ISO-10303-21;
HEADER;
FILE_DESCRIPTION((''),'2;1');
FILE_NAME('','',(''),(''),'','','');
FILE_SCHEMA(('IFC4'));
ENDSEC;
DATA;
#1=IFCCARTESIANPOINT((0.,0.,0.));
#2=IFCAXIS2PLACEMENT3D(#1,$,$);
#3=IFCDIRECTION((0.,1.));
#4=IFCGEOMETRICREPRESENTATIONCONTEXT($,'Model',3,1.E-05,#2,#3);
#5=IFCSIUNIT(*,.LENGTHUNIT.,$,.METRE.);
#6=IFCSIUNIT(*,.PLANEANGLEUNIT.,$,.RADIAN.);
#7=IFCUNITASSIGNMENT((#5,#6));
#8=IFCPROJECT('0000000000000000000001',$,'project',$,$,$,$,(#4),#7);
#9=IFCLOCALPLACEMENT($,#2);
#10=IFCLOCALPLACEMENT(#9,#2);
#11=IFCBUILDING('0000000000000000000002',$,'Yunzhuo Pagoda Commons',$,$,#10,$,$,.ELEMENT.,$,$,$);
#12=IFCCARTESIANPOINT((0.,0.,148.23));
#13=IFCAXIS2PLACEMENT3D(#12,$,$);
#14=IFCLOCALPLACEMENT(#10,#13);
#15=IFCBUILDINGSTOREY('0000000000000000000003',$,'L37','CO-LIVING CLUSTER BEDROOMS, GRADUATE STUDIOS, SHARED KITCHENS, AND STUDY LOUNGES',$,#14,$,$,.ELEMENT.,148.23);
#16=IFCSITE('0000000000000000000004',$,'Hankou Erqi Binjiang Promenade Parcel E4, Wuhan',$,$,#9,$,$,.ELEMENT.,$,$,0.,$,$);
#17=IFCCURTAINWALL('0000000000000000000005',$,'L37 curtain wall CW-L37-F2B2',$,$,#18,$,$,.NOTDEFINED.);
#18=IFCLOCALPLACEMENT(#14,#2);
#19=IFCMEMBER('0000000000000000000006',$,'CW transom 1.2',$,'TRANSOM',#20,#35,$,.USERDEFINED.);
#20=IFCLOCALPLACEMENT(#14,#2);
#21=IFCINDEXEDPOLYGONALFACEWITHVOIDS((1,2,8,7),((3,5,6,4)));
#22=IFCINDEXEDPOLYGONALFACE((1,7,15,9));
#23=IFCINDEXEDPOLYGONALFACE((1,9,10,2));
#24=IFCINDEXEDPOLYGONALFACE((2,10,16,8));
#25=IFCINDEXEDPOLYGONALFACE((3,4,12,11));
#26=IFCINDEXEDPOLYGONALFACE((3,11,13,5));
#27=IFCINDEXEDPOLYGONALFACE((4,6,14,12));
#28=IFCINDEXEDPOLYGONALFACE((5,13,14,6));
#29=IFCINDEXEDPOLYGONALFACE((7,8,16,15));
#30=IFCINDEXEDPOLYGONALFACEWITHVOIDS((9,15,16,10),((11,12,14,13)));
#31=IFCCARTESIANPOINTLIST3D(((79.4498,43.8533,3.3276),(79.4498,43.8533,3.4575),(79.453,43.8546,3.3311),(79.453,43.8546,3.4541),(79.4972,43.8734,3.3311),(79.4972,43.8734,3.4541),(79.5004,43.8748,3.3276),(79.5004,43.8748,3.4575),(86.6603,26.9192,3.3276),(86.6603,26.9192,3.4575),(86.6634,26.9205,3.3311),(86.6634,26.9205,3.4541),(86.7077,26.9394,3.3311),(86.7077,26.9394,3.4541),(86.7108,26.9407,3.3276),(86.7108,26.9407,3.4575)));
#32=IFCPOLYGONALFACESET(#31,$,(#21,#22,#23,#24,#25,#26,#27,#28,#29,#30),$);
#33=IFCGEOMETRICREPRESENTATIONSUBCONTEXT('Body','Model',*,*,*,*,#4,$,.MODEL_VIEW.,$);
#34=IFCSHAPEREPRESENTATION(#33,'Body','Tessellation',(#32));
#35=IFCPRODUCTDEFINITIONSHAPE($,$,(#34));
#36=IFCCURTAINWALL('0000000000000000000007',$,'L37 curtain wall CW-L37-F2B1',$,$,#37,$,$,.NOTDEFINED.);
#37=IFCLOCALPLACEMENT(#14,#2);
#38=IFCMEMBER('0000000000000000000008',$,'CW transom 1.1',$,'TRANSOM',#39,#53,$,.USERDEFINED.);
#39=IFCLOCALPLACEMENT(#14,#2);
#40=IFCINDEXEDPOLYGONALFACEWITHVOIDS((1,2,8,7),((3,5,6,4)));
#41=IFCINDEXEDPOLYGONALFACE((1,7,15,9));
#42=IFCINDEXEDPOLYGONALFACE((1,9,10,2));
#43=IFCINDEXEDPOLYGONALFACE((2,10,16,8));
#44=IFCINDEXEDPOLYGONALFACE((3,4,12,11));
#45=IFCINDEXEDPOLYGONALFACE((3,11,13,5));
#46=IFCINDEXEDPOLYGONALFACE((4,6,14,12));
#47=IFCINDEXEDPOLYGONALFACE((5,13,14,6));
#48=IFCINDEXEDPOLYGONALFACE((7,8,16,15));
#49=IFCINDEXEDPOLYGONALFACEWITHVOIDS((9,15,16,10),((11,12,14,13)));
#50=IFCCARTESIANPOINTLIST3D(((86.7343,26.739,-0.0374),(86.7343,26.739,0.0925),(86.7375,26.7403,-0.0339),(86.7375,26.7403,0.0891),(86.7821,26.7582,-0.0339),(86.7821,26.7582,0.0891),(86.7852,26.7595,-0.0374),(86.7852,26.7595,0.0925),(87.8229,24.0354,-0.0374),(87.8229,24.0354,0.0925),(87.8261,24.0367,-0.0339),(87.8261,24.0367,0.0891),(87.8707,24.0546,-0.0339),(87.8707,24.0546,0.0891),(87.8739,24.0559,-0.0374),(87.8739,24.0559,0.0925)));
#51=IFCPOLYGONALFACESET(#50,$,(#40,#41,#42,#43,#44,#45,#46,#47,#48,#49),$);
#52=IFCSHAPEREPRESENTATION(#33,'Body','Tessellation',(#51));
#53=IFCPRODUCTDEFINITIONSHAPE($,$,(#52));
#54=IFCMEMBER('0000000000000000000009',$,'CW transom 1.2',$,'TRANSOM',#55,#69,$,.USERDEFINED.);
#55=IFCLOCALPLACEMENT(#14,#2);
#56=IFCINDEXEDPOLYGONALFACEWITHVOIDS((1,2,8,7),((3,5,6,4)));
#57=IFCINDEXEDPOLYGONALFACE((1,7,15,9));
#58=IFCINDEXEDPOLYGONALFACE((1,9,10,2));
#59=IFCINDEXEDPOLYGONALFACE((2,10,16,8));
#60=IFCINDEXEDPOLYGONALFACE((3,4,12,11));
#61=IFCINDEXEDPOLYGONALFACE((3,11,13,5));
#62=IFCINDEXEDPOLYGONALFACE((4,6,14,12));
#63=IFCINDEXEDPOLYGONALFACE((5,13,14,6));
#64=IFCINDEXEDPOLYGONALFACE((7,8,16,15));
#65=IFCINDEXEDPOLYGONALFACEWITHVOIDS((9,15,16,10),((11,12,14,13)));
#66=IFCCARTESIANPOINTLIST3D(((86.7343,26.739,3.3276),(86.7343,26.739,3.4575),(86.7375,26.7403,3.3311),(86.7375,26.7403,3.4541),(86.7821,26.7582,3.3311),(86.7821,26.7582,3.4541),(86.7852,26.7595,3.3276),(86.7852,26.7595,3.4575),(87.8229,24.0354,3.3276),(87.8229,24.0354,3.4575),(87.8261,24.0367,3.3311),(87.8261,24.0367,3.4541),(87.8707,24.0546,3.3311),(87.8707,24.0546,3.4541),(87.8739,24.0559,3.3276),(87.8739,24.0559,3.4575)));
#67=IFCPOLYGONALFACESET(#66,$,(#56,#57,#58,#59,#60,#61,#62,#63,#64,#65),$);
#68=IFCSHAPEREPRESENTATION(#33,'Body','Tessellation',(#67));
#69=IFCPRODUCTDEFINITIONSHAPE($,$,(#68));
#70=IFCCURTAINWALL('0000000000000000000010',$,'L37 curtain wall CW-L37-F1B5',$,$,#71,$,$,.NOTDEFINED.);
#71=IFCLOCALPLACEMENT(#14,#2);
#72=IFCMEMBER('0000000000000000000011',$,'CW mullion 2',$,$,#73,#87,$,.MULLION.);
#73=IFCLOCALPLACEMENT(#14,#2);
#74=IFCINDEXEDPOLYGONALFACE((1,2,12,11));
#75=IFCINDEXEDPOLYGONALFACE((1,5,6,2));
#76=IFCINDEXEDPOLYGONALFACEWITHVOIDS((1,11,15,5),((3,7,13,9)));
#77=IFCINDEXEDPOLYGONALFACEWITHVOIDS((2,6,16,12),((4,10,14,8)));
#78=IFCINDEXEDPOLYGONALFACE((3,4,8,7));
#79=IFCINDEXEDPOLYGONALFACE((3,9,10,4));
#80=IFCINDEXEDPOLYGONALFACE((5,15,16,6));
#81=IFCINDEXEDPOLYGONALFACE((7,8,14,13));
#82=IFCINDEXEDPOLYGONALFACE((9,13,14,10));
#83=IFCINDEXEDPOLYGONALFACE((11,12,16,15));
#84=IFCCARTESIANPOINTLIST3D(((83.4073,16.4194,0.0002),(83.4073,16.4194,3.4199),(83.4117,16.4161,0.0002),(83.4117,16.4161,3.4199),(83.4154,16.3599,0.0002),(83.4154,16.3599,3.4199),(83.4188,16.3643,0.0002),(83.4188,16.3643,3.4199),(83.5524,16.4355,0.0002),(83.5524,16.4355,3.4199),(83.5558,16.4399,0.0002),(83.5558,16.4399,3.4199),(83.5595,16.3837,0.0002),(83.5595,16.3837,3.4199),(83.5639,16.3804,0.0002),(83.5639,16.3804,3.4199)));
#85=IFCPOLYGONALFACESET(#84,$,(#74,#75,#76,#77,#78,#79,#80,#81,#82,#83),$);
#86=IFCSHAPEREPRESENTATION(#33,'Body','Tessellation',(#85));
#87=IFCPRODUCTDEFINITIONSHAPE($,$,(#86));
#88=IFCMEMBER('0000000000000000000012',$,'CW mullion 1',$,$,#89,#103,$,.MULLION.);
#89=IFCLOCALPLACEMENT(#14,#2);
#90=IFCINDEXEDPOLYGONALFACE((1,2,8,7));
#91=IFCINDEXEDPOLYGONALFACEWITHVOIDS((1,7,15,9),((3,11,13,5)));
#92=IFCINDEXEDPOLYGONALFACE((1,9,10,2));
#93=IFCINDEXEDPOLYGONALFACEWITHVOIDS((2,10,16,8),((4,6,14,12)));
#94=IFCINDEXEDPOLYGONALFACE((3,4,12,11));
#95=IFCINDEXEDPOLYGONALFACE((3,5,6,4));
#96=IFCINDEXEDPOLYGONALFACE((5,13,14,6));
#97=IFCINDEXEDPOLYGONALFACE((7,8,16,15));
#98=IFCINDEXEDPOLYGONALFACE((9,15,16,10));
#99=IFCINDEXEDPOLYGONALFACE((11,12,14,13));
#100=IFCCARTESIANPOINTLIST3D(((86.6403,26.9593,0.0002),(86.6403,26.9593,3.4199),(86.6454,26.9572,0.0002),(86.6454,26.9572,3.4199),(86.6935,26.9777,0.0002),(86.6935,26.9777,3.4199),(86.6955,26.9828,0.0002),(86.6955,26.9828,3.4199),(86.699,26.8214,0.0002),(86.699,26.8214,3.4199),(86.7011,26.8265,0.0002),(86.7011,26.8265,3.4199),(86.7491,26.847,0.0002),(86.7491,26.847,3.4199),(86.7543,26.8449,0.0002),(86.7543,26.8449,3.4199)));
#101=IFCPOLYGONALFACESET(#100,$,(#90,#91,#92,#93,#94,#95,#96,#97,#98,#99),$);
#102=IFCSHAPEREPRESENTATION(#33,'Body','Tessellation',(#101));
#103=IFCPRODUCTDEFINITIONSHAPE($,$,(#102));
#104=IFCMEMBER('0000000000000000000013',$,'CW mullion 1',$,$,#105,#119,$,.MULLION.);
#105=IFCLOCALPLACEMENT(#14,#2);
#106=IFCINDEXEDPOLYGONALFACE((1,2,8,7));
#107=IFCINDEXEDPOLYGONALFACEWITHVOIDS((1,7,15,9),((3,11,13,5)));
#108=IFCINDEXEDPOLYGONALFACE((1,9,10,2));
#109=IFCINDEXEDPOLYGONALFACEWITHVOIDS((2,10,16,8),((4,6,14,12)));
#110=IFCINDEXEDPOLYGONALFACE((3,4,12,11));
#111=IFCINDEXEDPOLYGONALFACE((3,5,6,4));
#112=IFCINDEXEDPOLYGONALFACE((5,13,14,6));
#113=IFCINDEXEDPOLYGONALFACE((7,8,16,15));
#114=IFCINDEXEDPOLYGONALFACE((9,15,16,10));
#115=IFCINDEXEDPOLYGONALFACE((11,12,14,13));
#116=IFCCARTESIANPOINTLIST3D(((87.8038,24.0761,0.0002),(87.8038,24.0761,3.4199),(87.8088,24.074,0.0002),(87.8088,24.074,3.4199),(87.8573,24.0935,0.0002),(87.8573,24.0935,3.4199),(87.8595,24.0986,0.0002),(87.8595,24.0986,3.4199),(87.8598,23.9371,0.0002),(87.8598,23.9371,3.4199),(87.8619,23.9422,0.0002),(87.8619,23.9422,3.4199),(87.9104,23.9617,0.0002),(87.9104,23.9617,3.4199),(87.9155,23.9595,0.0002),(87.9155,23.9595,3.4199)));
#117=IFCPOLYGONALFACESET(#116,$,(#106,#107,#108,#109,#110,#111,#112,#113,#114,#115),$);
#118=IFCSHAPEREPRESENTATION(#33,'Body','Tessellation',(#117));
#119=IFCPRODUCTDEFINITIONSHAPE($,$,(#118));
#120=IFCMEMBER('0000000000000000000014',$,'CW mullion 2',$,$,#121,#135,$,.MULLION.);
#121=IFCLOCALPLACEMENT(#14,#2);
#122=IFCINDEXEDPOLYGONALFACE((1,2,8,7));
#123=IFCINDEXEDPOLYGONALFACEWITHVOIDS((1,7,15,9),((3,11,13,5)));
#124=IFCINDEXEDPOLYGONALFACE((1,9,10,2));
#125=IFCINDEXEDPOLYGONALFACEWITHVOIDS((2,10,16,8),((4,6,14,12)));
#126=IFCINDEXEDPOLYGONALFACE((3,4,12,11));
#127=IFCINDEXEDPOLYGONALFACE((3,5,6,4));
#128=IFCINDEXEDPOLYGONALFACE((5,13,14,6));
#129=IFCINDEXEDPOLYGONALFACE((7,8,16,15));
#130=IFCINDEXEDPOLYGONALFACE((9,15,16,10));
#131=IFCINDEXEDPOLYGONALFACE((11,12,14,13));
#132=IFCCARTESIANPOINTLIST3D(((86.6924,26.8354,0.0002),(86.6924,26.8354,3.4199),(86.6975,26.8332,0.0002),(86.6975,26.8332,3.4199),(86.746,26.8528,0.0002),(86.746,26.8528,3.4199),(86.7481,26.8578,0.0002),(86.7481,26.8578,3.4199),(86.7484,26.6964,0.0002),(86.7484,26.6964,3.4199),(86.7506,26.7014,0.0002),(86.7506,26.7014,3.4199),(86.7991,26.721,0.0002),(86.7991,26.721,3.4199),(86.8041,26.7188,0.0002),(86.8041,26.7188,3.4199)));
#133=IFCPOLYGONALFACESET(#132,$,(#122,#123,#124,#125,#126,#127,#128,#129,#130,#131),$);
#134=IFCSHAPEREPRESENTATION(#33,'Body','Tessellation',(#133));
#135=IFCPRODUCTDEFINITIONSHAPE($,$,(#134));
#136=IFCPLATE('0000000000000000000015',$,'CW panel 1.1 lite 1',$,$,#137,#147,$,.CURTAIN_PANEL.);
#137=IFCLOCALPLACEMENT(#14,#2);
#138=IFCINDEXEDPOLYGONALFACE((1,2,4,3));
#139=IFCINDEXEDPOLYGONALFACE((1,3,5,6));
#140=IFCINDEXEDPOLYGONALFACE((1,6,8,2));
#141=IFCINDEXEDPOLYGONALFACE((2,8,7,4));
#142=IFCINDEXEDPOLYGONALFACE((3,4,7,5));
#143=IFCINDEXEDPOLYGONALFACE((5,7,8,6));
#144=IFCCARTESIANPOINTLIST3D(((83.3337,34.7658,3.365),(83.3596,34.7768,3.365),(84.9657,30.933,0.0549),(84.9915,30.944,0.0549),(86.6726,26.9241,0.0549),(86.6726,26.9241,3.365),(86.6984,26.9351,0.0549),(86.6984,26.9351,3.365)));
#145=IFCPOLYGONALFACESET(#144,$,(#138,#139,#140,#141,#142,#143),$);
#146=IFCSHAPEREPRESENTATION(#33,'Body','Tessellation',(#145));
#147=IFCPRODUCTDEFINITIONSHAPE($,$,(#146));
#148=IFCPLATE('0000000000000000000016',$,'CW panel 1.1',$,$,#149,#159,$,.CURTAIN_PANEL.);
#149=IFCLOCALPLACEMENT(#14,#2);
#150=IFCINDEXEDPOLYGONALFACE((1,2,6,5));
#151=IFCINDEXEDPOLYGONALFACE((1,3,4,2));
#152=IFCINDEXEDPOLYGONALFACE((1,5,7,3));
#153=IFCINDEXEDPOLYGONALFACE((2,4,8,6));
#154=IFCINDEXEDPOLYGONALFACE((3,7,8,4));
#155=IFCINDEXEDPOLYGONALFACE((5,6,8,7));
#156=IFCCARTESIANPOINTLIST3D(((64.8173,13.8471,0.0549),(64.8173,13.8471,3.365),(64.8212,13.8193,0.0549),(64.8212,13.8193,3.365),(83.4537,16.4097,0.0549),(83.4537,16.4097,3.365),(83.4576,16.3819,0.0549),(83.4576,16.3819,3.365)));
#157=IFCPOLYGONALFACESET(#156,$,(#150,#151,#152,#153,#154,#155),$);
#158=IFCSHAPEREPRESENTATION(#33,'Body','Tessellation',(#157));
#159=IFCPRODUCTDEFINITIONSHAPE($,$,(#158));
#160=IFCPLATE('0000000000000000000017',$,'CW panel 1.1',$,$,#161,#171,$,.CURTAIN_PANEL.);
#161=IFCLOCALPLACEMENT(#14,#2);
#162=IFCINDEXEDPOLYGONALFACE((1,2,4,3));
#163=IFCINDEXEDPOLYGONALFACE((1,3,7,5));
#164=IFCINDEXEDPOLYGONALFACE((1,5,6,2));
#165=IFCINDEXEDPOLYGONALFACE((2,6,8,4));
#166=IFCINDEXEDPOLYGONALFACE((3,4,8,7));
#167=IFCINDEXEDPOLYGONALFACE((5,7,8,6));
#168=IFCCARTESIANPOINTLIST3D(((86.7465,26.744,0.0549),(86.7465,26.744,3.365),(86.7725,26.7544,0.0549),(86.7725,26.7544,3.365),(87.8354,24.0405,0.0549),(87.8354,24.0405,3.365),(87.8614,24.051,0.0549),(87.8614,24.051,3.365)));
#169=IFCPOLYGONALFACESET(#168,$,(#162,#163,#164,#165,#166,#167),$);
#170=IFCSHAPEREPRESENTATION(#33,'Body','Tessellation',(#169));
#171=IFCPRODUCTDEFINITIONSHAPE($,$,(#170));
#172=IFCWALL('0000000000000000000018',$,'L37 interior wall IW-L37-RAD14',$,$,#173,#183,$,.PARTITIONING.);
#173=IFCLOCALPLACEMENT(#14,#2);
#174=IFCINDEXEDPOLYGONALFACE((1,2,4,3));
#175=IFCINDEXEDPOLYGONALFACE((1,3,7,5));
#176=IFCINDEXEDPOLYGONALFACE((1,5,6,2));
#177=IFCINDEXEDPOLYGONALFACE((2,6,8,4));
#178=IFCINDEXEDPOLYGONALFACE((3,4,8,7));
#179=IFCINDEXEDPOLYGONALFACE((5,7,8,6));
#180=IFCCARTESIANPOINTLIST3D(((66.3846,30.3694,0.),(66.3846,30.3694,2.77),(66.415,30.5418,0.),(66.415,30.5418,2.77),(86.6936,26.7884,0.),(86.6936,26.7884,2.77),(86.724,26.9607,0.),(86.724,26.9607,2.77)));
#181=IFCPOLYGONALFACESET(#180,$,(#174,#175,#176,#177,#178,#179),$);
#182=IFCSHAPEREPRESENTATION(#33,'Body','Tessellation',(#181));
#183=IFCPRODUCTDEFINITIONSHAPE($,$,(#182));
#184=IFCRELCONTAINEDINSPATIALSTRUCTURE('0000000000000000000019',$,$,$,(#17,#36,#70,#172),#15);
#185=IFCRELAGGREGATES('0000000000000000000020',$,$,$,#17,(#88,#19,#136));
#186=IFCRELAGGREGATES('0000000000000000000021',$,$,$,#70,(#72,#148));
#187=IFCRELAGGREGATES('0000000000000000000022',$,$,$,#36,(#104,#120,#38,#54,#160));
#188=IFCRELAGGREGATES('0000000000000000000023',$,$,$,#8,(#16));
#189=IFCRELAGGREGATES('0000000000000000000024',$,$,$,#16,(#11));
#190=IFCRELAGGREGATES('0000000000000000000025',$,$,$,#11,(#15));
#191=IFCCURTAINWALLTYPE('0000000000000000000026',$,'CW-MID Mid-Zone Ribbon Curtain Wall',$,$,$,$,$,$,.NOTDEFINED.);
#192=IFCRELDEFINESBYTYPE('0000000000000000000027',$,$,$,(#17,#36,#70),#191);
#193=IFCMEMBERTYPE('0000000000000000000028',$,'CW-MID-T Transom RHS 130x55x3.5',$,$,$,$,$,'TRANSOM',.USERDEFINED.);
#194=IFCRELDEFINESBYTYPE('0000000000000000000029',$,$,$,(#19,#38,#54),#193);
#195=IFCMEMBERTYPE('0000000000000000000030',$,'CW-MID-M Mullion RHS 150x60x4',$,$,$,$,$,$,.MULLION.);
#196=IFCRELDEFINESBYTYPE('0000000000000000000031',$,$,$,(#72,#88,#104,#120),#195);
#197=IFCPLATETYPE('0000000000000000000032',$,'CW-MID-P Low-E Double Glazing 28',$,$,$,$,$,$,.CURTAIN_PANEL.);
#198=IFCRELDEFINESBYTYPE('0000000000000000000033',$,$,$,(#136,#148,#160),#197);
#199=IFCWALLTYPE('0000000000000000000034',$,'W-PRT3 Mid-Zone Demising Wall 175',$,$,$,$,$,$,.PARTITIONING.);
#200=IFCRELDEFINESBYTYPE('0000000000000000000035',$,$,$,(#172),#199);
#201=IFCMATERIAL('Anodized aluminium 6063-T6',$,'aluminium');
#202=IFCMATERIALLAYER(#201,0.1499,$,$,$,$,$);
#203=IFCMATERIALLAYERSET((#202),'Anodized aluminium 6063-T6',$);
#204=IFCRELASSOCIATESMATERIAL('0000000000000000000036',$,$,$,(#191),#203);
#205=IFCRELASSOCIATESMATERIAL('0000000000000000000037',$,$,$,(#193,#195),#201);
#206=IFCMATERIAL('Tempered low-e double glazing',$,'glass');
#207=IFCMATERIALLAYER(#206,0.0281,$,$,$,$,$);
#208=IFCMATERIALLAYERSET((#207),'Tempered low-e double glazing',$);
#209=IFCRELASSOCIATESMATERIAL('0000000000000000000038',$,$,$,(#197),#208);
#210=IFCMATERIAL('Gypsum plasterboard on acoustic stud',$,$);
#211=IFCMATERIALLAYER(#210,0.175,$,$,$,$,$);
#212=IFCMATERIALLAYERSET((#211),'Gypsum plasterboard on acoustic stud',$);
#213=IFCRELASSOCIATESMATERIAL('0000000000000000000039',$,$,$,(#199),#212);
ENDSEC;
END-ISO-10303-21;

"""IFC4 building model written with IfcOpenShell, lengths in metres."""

from ifc_helpers import new_model, si_unit, direction, frame, frame_2d, origin, origin_2d, place, context, subcontext, project, spatial, polyline, rectangle, hollow_rectangle, outline, extrude, source, transform, mapped, material, layer, layer_set, material_profile, profile_set, type_object, element, aggregate, save


model = new_model("IFC4")

# Units and contexts
model_context = context("Model", 3, precision=1e-05, world=origin(), true_north=direction((0.0, 1.0)))
body_context = subcontext(model_context, "Body", "Model", "MODEL_VIEW")
ifc_project = project(units=[si_unit("LENGTHUNIT", "METRE"), si_unit("PLANEANGLEUNIT", "RADIAN")], contexts=[model_context])

# Site, building, storey
site_placement = place(None, origin())
site = spatial("IfcSite", under=ifc_project, at=site_placement, Name="Hankou Erqi Binjiang Promenade Parcel E4, Wuhan", CompositionType="ELEMENT", RefElevation=0.0)
building_placement = place(site_placement, origin())
building = spatial("IfcBuilding", under=site, at=building_placement, Name="Yunzhuo Pagoda Commons", CompositionType="ELEMENT")
storey_placement = place(building_placement, frame((0.0, 0.0, 148.23)))
storey = spatial("IfcBuildingStorey", under=building, at=storey_placement, Name="L37", Description="CO-LIVING CLUSTER BEDROOMS, GRADUATE STUDIOS, SHARED KITCHENS, AND STUDY LOUNGES", CompositionType="ELEMENT", Elevation=148.23)

# Curtain walls, members
ifc_material_1 = material(Name="Anodized aluminium 6063-T6", Category="aluminium")
ifc_layer_1 = layer(ifc_material_1, 0.1499)
ifc_layer_set_1 = layer_set([ifc_layer_1], Name="Anodized aluminium 6063-T6")
curtain_wall_type = type_object("IfcCurtainWallType", Name="CW-MID Mid-Zone Ribbon Curtain Wall", PredefinedType="NOTDEFINED", material=ifc_layer_set_1)
curtain_wall_1_placement = place(storey_placement, origin())
curtain_wall_1 = element("IfcCurtainWall", 1, at=curtain_wall_1_placement, inside=storey, type_object=curtain_wall_type, Name="L37 curtain wall CW-L37-F2B2", PredefinedType="NOTDEFINED")
ifc_material_profile_1 = material_profile(ifc_material_1, hollow_rectangle(XDim=0.0549, YDim=0.1299, WallThickness=0.0034, at=origin_2d()), Name="Anodized aluminium 6063-T6")
ifc_profile_set_1 = profile_set([ifc_material_profile_1], Name="Anodized aluminium 6063-T6")
member_type_1 = type_object("IfcMemberType", Name="CW-MID-T Transom RHS 130x55x3.5", ElementType="TRANSOM", PredefinedType="USERDEFINED", material=ifc_profile_set_1)
shared_shape_1 = source(origin(), body_context, "Body", "SweptSolid", [
    extrude(hollow_rectangle(XDim=0.0549, YDim=0.1299, WallThickness=0.0034, at=origin_2d()), origin(), (0.0, 0.0, 1.0), 18.4053),
])
member_1_placement = place(storey_placement, frame((86.6855, 26.9299, 3.3926), z_axis=(-0.39176, 0.920067, 0.0), x_axis=(-0.920067, -0.39176, 0.0)))
member_1 = element("IfcMember", 2, at=member_1_placement, type_object=member_type_1, Name="CW transom 1.2", ObjectType="TRANSOM", PredefinedType="USERDEFINED", context=body_context, shape_type="MappedRepresentation", body=[
    mapped(shared_shape_1, transform((0.0, 0.0, 0.0), scale=1.0)),
])
curtain_wall_2_placement = place(storey_placement, origin())
curtain_wall_2 = element("IfcCurtainWall", 3, at=curtain_wall_2_placement, inside=storey, type_object=curtain_wall_type, Name="L37 curtain wall CW-L37-F2B1", PredefinedType="NOTDEFINED")
shared_shape_2 = source(origin(), body_context, "Body", "SweptSolid", [
    extrude(hollow_rectangle(XDim=0.0549, YDim=0.1299, WallThickness=0.0034, at=origin_2d()), origin(), (0.0, 0.0, 1.0), 2.9146),
])
member_2_placement = place(storey_placement, frame((87.8484, 24.0457, 0.0276), z_axis=(-0.373513, 0.927625, 0.0), x_axis=(-0.927625, -0.373513, 0.0)))
member_2 = element("IfcMember", 4, at=member_2_placement, type_object=member_type_1, Name="CW transom 1.1", ObjectType="TRANSOM", PredefinedType="USERDEFINED", context=body_context, shape_type="MappedRepresentation", body=[
    mapped(shared_shape_2, transform((0.0, 0.0, 0.0), scale=1.0)),
])
member_3_placement = place(storey_placement, frame((87.8484, 24.0457, 3.3926), z_axis=(-0.373513, 0.927625, 0.0), x_axis=(-0.927625, -0.373513, 0.0)))
member_3 = element("IfcMember", 5, at=member_3_placement, type_object=member_type_1, Name="CW transom 1.2", ObjectType="TRANSOM", PredefinedType="USERDEFINED", context=body_context, shape_type="MappedRepresentation", body=[
    mapped(shared_shape_2, transform((0.0, 0.0, 0.0), scale=1.0)),
])

# Curtain wall, member
curtain_wall_3_placement = place(storey_placement, origin())
curtain_wall_3 = element("IfcCurtainWall", 6, at=curtain_wall_3_placement, inside=storey, type_object=curtain_wall_type, Name="L37 curtain wall CW-L37-F1B5", PredefinedType="NOTDEFINED")
ifc_material_profile_2 = material_profile(ifc_material_1, hollow_rectangle(XDim=0.0601, YDim=0.1499, WallThickness=0.0039, at=origin_2d()), Name="Anodized aluminium 6063-T6")
ifc_profile_set_2 = profile_set([ifc_material_profile_2], Name="Anodized aluminium 6063-T6")
member_type_2 = type_object("IfcMemberType", Name="CW-MID-M Mullion RHS 150x60x4", PredefinedType="MULLION", material=ifc_profile_set_2)
shared_shape_3 = source(origin(), body_context, "Body", "SweptSolid", [
    extrude(hollow_rectangle(XDim=0.0601, YDim=0.1499, WallThickness=0.0039, at=origin_2d()), origin(), (0.0, 0.0, 1.0), 3.4197),
])
member_4_placement = place(storey_placement, frame((83.4856, 16.3999, 0.0002), z_axis=(0.0, 0.0, 1.0), x_axis=(-0.136221, 0.990679, 0.0)))
member_4 = element("IfcMember", 7, at=member_4_placement, type_object=member_type_2, Name="CW mullion 2", PredefinedType="MULLION", context=body_context, shape_type="MappedRepresentation", body=[
    mapped(shared_shape_3, transform((0.0, 0.0, 0.0), scale=1.0)),
])

# Members
member_5_placement = place(storey_placement, frame((86.6973, 26.9021, 0.0002), z_axis=(0.0, 0.0, 1.0), x_axis=(-0.920072, -0.391749, 0.0)))
member_5 = element("IfcMember", 8, at=member_5_placement, type_object=member_type_2, Name="CW mullion 1", PredefinedType="MULLION", context=body_context, shape_type="MappedRepresentation", body=[
    mapped(shared_shape_3, transform((0.0, 0.0, 0.0), scale=1.0)),
])
member_6_placement = place(storey_placement, frame((87.8596, 24.0178, 0.0002), z_axis=(0.0, 0.0, 1.0), x_axis=(-0.927583, -0.373617, 0.0)))
member_6 = element("IfcMember", 9, at=member_6_placement, type_object=member_type_2, Name="CW mullion 1", PredefinedType="MULLION", context=body_context, shape_type="MappedRepresentation", body=[
    mapped(shared_shape_3, transform((0.0, 0.0, 0.0), scale=1.0)),
])
member_7_placement = place(storey_placement, frame((86.7483, 26.7771, 0.0002), z_axis=(0.0, 0.0, 1.0), x_axis=(-0.927583, -0.373617, 0.0)))
member_7 = element("IfcMember", 10, at=member_7_placement, type_object=member_type_2, Name="CW mullion 2", PredefinedType="MULLION", context=body_context, shape_type="MappedRepresentation", body=[
    mapped(shared_shape_3, transform((0.0, 0.0, 0.0), scale=1.0)),
])

# Plates
ifc_material_2 = material(Name="Tempered low-e double glazing", Category="glass")
ifc_layer_2 = layer(ifc_material_2, 0.0281)
ifc_layer_set_2 = layer_set([ifc_layer_2], Name="Tempered low-e double glazing")
plate_type = type_object("IfcPlateType", Name="CW-MID-P Low-E Double Glazing 28", PredefinedType="CURTAIN_PANEL", material=ifc_layer_set_2)
plate_1_placement = place(storey_placement, frame((85.0032, 30.845, 1.71), z_axis=(0.920072, 0.391749, 0.0), x_axis=(-0.391749, 0.920072, 0.0)))
plate_1 = element("IfcPlate", 11, at=plate_1_placement, type_object=plate_type, Name="CW panel 1.1 lite 1", PredefinedType="CURTAIN_PANEL", context=body_context, shape_type="SweptSolid", body=[
    extrude(outline(polyline([(-4.2615, -1.655), (0.0957, -1.655), (4.2615, 1.655), (-4.2615, 1.655), (-4.2615, -1.655)])), origin(), (0.0, 0.0, 1.0), 0.0281),
])
aggregate(curtain_wall_1, [member_5, member_1, plate_1])
shared_shape_4 = source(origin(), body_context, "Body", "SweptSolid", [
    extrude(rectangle(XDim=18.8118, YDim=0.0281, at=origin_2d()), origin(), (0.0, 0.0, 1.0), 3.3101),
])
plate_2_placement = place(storey_placement, frame((74.1375, 15.1145, 0.0549), z_axis=(0.0, 0.0, 1.0), x_axis=(0.990679, 0.136221, 0.0)))
plate_2 = element("IfcPlate", 12, at=plate_2_placement, type_object=plate_type, Name="CW panel 1.1", PredefinedType="CURTAIN_PANEL", context=body_context, shape_type="MappedRepresentation", body=[
    mapped(shared_shape_4, transform((0.0, 0.0, 0.0), scale=1.0)),
])
aggregate(curtain_wall_3, [member_4, plate_2])
shared_shape_5 = source(origin(), body_context, "Body", "SweptSolid", [
    extrude(rectangle(XDim=2.9146, YDim=0.0281, at=origin_2d()), origin(), (0.0, 0.0, 1.0), 3.3101),
])
plate_3_placement = place(storey_placement, frame((87.304, 25.3975, 0.0549), z_axis=(0.0, 0.0, 1.0), x_axis=(-0.373617, 0.927583, 0.0)))
plate_3 = element("IfcPlate", 13, at=plate_3_placement, type_object=plate_type, Name="CW panel 1.1", PredefinedType="CURTAIN_PANEL", context=body_context, shape_type="MappedRepresentation", body=[
    mapped(shared_shape_5, transform((0.0, 0.0, 0.0), scale=1.0)),
])
aggregate(curtain_wall_2, [member_6, member_7, member_2, member_3, plate_3])

# Wall
ifc_material_3 = material(Name="Gypsum plasterboard on acoustic stud")
ifc_layer_3 = layer(ifc_material_3, 0.175)
ifc_layer_set_3 = layer_set([ifc_layer_3], Name="Gypsum plasterboard on acoustic stud")
wall_type_1 = type_object("IfcWallType", Name="W-PRT3 Mid-Zone Demising Wall 175", PredefinedType="PARTITIONING", material=ifc_layer_set_3)
wall_1_placement = place(storey_placement, frame((66.3999, 30.4556, 0.0), z_axis=(0.0, 0.0, 1.0), x_axis=(0.984808, -0.173649, 0.0)))
element("IfcWall", 14, at=wall_1_placement, inside=storey, type_object=wall_type_1, Name="L37 interior wall IW-L37-RAD14", PredefinedType="PARTITIONING", context=body_context, shape_type="SweptSolid", body=[
    extrude(rectangle(XDim=20.6223, YDim=0.175, at=frame_2d((10.311, 0.0))), origin(), (0.0, 0.0, 1.0), 2.77),
])

save(model, "model.ifc")
